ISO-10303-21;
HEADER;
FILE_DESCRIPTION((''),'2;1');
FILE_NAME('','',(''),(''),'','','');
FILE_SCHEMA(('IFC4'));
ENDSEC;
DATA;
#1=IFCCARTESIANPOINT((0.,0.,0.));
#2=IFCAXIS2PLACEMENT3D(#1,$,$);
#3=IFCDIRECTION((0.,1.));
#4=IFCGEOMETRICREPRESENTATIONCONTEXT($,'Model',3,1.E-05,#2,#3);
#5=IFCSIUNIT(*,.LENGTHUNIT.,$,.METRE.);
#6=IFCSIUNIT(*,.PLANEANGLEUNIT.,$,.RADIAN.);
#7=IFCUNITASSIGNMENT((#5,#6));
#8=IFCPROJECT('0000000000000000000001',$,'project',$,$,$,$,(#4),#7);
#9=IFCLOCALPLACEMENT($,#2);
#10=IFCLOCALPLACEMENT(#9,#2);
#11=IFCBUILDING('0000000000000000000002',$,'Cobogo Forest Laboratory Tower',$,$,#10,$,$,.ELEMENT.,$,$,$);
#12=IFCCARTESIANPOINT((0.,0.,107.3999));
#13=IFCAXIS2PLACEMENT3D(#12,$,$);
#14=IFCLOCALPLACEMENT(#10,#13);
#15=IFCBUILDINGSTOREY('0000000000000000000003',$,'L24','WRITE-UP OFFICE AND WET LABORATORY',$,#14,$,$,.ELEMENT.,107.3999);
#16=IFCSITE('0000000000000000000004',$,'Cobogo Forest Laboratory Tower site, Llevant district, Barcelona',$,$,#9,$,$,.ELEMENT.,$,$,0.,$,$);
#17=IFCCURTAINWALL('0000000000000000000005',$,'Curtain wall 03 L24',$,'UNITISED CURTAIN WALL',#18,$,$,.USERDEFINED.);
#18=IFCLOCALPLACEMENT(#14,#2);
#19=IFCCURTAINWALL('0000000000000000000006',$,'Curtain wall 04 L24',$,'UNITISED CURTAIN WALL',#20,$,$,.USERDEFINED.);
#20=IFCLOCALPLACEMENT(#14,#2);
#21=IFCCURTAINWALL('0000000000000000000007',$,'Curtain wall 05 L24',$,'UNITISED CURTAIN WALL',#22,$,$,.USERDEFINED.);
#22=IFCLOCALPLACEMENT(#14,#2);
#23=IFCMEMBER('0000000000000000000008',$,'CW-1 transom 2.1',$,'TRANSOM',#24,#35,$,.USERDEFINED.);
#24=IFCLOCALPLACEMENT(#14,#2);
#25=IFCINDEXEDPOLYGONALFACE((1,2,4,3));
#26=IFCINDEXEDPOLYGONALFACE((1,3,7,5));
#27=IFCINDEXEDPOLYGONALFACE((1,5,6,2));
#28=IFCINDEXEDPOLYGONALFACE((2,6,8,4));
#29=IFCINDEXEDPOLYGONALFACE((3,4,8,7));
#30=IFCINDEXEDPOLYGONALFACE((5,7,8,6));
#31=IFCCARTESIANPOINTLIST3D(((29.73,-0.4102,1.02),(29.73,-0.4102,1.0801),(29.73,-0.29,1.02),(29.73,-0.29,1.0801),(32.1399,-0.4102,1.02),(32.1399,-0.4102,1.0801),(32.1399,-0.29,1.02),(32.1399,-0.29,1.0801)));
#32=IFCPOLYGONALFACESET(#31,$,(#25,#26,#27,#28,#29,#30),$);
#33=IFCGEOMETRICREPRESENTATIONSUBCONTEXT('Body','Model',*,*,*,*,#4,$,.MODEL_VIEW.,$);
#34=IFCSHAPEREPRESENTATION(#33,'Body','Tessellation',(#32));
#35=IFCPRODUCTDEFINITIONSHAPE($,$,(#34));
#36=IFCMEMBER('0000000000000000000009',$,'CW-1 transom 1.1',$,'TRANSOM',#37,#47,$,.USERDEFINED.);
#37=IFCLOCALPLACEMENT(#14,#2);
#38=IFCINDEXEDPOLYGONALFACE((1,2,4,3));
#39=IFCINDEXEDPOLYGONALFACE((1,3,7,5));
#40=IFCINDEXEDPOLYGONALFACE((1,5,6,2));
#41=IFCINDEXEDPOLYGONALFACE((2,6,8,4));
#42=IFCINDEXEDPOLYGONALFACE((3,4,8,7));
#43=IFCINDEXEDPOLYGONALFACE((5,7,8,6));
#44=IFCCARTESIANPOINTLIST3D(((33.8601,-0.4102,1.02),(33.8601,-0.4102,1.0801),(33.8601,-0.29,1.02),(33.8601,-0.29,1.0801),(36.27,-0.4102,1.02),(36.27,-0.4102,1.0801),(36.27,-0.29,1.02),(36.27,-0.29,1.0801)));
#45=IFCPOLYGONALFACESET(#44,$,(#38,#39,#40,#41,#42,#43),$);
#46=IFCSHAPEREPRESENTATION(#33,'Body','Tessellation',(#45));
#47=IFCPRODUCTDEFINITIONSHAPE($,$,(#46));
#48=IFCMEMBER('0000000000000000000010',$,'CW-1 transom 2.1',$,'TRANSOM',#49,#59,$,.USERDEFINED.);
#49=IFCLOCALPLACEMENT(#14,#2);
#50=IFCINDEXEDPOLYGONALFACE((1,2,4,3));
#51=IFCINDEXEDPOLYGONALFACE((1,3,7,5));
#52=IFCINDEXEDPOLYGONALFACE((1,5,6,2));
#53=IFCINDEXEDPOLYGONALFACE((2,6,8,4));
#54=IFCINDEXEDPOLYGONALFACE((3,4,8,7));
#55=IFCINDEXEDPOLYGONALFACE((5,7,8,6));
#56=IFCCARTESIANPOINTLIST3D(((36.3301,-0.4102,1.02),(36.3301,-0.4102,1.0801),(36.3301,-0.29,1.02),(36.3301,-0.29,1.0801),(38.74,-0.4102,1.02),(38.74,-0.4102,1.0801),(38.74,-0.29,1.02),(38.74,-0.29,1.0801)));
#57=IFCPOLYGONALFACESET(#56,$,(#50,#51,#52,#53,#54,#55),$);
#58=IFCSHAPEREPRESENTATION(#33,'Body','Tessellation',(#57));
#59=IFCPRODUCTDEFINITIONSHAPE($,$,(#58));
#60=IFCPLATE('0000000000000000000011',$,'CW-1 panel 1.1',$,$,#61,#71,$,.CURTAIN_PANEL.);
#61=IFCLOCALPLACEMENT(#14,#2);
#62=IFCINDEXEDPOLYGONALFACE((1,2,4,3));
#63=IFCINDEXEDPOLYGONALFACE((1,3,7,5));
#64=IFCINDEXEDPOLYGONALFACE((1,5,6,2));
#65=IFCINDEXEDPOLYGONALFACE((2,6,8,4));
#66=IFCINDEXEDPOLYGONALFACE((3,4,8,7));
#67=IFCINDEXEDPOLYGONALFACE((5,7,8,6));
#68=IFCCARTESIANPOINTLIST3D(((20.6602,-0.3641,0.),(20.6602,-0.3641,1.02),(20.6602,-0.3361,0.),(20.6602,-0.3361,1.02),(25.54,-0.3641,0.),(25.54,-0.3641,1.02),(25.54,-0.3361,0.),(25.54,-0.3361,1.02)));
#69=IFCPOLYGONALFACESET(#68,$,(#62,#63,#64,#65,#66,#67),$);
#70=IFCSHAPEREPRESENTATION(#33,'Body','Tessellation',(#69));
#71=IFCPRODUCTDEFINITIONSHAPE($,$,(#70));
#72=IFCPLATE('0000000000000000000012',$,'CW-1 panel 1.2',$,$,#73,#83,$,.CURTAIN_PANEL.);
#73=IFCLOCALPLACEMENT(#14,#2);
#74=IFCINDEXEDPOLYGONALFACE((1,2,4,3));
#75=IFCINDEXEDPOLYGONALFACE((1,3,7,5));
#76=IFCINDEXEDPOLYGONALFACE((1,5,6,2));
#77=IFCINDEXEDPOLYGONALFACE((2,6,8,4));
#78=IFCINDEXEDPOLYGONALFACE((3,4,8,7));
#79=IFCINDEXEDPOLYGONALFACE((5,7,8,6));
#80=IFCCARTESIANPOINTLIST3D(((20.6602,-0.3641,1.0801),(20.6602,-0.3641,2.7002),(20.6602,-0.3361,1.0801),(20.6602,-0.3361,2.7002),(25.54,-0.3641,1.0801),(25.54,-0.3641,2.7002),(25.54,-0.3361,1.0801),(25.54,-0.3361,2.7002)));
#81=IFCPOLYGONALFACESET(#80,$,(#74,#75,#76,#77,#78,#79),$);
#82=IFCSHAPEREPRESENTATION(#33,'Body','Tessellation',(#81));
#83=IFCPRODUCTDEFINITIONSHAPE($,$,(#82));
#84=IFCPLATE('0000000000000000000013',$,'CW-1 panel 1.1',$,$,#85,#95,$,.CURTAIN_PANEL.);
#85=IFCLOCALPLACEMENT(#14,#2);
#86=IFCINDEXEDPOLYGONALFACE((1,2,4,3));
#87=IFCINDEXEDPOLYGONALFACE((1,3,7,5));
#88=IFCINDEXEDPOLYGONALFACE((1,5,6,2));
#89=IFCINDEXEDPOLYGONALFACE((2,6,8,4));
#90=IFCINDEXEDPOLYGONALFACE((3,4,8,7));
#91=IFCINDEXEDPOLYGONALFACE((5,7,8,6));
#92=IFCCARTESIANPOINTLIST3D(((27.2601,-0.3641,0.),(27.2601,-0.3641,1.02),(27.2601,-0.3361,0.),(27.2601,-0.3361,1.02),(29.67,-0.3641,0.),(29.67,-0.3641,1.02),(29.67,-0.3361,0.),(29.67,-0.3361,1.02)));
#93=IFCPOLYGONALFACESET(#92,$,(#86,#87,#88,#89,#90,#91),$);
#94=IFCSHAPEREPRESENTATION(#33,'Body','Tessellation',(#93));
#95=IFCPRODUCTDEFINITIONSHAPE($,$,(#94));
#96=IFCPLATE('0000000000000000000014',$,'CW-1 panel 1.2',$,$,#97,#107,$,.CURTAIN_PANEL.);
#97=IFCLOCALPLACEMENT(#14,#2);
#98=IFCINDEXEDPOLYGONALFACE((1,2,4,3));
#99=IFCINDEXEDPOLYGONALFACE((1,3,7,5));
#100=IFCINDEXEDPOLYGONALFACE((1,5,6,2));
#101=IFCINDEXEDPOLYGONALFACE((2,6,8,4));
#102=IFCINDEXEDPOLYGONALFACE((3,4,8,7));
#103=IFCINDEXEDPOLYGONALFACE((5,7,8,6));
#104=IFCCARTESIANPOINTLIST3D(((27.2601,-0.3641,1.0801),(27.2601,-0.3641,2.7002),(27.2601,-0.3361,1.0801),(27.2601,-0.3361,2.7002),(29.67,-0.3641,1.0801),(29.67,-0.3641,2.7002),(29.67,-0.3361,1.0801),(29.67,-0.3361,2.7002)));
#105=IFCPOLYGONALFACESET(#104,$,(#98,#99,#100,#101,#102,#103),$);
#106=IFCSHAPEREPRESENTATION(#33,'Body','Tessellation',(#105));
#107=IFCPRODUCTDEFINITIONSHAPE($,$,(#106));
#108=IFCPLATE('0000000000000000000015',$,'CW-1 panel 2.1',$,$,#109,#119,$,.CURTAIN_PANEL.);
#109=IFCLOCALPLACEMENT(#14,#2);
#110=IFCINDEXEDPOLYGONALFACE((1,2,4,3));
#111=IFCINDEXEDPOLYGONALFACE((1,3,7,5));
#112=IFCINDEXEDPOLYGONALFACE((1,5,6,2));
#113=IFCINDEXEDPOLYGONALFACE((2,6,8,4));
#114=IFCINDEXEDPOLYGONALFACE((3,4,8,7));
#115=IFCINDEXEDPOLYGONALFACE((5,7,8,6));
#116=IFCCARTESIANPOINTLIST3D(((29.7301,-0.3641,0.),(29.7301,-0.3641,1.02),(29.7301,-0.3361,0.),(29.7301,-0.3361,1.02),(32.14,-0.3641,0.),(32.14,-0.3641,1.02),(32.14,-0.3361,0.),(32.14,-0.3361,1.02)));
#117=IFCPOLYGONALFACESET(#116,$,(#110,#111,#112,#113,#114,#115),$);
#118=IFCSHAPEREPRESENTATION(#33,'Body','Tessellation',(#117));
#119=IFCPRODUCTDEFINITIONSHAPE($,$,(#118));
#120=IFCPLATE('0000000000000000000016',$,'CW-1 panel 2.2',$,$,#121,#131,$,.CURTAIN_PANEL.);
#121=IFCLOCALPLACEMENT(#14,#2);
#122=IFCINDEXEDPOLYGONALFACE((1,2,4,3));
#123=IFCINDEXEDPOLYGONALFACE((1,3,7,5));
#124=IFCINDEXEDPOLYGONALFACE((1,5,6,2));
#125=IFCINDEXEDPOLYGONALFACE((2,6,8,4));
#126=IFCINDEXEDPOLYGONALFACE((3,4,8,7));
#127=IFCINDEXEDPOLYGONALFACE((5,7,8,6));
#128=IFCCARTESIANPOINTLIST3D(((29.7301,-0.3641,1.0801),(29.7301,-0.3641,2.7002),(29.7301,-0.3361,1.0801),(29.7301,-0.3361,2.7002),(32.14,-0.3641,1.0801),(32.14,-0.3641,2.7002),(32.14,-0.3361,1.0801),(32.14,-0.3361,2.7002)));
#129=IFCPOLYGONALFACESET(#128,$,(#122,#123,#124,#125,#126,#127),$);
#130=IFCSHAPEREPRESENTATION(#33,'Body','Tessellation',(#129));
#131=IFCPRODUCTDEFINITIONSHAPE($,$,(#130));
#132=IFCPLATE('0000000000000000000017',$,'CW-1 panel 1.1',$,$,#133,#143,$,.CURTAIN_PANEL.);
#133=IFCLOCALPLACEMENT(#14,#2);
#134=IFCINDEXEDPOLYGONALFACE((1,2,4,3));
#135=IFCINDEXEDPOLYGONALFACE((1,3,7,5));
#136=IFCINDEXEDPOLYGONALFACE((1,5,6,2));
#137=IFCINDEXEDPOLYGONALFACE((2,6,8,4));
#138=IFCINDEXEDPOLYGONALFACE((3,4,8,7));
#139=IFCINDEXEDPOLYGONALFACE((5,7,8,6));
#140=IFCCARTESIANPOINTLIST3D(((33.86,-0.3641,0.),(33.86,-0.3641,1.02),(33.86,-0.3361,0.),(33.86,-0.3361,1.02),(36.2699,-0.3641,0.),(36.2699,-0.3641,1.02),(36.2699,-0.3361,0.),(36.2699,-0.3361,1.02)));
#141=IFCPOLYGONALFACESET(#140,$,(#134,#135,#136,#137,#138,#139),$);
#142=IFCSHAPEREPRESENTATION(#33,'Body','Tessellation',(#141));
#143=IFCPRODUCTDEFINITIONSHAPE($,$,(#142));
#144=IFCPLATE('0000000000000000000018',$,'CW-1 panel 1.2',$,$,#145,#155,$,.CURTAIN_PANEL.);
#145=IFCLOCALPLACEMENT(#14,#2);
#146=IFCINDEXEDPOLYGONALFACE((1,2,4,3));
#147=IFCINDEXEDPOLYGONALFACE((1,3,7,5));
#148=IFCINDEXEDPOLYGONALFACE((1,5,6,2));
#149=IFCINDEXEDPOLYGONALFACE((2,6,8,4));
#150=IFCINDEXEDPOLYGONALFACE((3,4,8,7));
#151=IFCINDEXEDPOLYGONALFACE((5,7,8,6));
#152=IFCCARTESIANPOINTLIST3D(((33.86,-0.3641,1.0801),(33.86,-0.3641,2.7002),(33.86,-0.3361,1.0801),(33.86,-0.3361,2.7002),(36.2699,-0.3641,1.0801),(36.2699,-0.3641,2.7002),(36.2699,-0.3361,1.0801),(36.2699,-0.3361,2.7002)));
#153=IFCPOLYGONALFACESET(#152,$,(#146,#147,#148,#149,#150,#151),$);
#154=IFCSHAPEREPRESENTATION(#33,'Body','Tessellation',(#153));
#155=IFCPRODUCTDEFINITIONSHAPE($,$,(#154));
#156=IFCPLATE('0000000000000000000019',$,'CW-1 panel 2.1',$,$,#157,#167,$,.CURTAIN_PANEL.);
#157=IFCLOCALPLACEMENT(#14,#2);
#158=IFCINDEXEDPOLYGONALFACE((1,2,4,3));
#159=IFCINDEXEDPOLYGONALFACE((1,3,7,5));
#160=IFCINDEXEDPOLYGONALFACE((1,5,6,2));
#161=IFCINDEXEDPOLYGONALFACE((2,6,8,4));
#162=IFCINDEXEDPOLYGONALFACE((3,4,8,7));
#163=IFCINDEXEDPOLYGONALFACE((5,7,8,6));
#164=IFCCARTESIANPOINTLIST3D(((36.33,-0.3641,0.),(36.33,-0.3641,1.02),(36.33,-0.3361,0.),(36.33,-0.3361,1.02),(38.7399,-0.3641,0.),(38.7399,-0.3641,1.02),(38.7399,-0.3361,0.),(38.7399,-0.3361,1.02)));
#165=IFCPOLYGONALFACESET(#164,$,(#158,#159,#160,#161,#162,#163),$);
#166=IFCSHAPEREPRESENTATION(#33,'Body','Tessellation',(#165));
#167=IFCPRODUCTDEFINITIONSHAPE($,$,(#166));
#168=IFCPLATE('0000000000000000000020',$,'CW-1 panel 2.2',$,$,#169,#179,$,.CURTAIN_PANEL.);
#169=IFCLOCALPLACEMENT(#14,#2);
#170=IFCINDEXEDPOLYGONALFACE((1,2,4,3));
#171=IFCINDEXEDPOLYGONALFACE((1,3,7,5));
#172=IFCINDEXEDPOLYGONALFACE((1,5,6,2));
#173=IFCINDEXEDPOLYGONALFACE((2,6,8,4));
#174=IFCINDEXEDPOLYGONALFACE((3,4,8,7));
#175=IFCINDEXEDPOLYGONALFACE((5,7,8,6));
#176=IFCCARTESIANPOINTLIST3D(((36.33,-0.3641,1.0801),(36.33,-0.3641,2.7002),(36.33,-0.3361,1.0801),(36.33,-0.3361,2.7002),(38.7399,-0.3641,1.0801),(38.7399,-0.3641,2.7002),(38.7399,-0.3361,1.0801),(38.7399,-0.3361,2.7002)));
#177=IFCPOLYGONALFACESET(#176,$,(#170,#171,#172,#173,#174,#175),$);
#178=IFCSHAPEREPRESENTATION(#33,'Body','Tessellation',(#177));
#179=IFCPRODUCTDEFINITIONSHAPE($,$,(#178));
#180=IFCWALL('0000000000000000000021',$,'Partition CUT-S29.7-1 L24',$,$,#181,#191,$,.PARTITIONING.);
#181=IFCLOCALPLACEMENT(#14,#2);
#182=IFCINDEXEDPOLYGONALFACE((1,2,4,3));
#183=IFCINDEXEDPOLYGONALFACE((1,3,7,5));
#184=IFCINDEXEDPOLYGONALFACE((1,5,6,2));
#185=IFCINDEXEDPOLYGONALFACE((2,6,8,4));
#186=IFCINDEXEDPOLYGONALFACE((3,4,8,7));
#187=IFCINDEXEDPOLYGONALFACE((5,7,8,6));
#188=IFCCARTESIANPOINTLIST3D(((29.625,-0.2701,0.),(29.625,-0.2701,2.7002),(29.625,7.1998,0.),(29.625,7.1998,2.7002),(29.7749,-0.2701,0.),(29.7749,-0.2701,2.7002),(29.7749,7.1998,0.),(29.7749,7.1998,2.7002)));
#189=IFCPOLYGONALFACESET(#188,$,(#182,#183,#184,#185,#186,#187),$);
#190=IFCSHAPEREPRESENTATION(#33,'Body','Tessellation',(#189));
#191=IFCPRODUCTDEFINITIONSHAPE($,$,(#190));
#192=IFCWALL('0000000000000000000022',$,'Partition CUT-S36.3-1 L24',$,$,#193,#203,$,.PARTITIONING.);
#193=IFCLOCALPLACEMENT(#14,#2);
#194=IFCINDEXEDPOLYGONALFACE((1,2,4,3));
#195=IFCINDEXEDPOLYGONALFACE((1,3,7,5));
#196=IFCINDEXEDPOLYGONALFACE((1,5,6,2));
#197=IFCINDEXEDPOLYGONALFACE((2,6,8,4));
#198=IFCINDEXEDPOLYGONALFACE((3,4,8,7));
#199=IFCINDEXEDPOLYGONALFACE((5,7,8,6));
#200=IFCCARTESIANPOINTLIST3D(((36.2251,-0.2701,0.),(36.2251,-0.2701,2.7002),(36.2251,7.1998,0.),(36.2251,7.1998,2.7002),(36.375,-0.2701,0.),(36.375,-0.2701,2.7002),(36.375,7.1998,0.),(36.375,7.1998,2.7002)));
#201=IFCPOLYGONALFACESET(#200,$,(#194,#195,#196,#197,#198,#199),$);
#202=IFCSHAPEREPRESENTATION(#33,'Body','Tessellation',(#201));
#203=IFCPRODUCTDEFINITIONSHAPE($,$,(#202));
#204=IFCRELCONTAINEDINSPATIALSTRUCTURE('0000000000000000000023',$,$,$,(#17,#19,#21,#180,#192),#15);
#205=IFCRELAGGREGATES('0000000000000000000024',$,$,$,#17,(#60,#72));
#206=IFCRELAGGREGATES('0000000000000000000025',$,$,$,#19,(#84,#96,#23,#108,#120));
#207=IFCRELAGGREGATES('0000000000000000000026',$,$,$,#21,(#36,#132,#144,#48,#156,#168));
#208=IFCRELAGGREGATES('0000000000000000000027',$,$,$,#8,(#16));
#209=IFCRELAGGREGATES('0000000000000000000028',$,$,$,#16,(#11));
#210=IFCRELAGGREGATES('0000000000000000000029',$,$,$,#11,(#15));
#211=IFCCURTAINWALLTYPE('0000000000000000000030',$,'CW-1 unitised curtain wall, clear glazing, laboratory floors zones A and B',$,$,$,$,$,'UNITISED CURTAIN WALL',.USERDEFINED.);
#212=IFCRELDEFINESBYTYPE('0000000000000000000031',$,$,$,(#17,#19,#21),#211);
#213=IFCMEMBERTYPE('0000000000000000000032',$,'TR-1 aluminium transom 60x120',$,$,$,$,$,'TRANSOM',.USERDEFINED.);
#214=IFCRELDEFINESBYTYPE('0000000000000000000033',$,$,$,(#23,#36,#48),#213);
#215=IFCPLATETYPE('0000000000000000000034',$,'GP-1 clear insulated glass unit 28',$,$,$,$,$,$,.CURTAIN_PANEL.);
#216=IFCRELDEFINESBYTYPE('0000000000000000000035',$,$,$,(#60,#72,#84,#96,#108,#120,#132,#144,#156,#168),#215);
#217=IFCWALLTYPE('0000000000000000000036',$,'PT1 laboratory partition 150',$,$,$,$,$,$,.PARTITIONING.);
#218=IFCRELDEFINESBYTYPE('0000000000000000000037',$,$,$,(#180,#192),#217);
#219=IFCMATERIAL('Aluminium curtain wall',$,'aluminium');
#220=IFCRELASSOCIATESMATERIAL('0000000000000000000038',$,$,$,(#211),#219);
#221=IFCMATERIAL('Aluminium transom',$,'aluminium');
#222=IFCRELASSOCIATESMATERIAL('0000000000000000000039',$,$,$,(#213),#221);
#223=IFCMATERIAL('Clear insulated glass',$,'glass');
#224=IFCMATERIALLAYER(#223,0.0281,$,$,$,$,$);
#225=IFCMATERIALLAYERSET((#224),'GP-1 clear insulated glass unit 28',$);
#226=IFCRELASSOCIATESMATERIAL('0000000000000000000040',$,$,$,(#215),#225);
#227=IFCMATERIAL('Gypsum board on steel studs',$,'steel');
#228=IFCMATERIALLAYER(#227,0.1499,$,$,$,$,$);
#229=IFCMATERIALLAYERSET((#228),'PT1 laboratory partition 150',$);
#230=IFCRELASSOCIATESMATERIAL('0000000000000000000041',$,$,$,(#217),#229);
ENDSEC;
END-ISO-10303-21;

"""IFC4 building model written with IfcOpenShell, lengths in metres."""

from ifc_helpers import new_model, si_unit, direction, frame, frame_2d, origin, origin_2d, place, context, subcontext, project, spatial, rectangle, extrude, material, layer, layer_set, material_profile, profile_set, type_object, element, aggregate, save


model = new_model("IFC4")

# Units and contexts
model_context = context("Model", 3, precision=1e-05, world=origin(), true_north=direction((0.0, 1.0)))
body_context = subcontext(model_context, "Body", "Model", "MODEL_VIEW")
ifc_project = project(units=[si_unit("LENGTHUNIT", "METRE"), si_unit("PLANEANGLEUNIT", "RADIAN")], contexts=[model_context])

# Site, building, storey
site_placement = place(None, origin())
site = spatial("IfcSite", under=ifc_project, at=site_placement, Name="Cobogo Forest Laboratory Tower site, Llevant district, Barcelona", CompositionType="ELEMENT", RefElevation=0.0)
building_placement = place(site_placement, origin())
building = spatial("IfcBuilding", under=site, at=building_placement, Name="Cobogo Forest Laboratory Tower", CompositionType="ELEMENT")
storey_placement = place(building_placement, frame((0.0, 0.0, 107.3999)))
storey = spatial("IfcBuildingStorey", under=building, at=storey_placement, Name="L24", Description="WRITE-UP OFFICE AND WET LABORATORY", CompositionType="ELEMENT", Elevation=107.3999)

# Curtain walls
ifc_material_1 = material(Name="Aluminium curtain wall", Category="aluminium")
curtain_wall_type = type_object("IfcCurtainWallType", Name="CW-1 unitised curtain wall, clear glazing, laboratory floors zones A and B", ElementType="UNITISED CURTAIN WALL", PredefinedType="USERDEFINED", material=ifc_material_1)
curtain_wall_1_placement = place(storey_placement, origin())
curtain_wall_1 = element("IfcCurtainWall", 1, at=curtain_wall_1_placement, inside=storey, type_object=curtain_wall_type, Name="Curtain wall 03 L24", ObjectType="UNITISED CURTAIN WALL", PredefinedType="USERDEFINED")
curtain_wall_2_placement = place(storey_placement, origin())
curtain_wall_2 = element("IfcCurtainWall", 2, at=curtain_wall_2_placement, inside=storey, type_object=curtain_wall_type, Name="Curtain wall 04 L24", ObjectType="UNITISED CURTAIN WALL", PredefinedType="USERDEFINED")
curtain_wall_3_placement = place(storey_placement, origin())
curtain_wall_3 = element("IfcCurtainWall", 3, at=curtain_wall_3_placement, inside=storey, type_object=curtain_wall_type, Name="Curtain wall 05 L24", ObjectType="UNITISED CURTAIN WALL", PredefinedType="USERDEFINED")

# Members
ifc_material_2 = material(Name="Aluminium transom", Category="aluminium")
ifc_material_profile_1 = material_profile(ifc_material_2, rectangle(XDim=0.1201, YDim=0.0601, at=origin_2d()), Name="AL 60x120")
ifc_profile_set_1 = profile_set([ifc_material_profile_1], Name="Aluminium transom")
member_type_1 = type_object("IfcMemberType", Name="TR-1 aluminium transom 60x120", ElementType="TRANSOM", PredefinedType="USERDEFINED", material=ifc_profile_set_1)
member_1_placement = place(storey_placement, frame((29.73, -0.3501, 1.05), z_axis=(1.0, 0.0, 0.0), x_axis=(0.0, 1.0, 0.0)))
member_1 = element("IfcMember", 4, at=member_1_placement, type_object=member_type_1, Name="CW-1 transom 2.1", ObjectType="TRANSOM", PredefinedType="USERDEFINED", context=body_context, shape_type="SweptSolid", body=[
    extrude(rectangle(XDim=0.1201, YDim=0.0601, at=origin_2d()), origin(), (0.0, 0.0, 1.0), 2.4099),
])
member_2_placement = place(storey_placement, frame((33.8601, -0.3501, 1.05), z_axis=(1.0, 0.0, 0.0), x_axis=(0.0, 1.0, 0.0)))
member_2 = element("IfcMember", 5, at=member_2_placement, type_object=member_type_1, Name="CW-1 transom 1.1", ObjectType="TRANSOM", PredefinedType="USERDEFINED", context=body_context, shape_type="SweptSolid", body=[
    extrude(rectangle(XDim=0.1201, YDim=0.0601, at=origin_2d()), origin(), (0.0, 0.0, 1.0), 2.4099),
])
member_3_placement = place(storey_placement, frame((36.3301, -0.3501, 1.05), z_axis=(1.0, 0.0, 0.0), x_axis=(0.0, 1.0, 0.0)))
member_3 = element("IfcMember", 6, at=member_3_placement, type_object=member_type_1, Name="CW-1 transom 2.1", ObjectType="TRANSOM", PredefinedType="USERDEFINED", context=body_context, shape_type="SweptSolid", body=[
    extrude(rectangle(XDim=0.1201, YDim=0.0601, at=origin_2d()), origin(), (0.0, 0.0, 1.0), 2.4099),
])

# Plates
ifc_material_3 = material(Name="Clear insulated glass", Category="glass")
ifc_layer_1 = layer(ifc_material_3, 0.0281)
ifc_layer_set_1 = layer_set([ifc_layer_1], Name="GP-1 clear insulated glass unit 28")
plate_type_1 = type_object("IfcPlateType", Name="GP-1 clear insulated glass unit 28", PredefinedType="CURTAIN_PANEL", material=ifc_layer_set_1)
plate_1_placement = place(storey_placement, frame((23.1001, -0.3501, 0.0), z_axis=(0.0, 0.0, 1.0), x_axis=(1.0, 0.0, 0.0)))
plate_1 = element("IfcPlate", 7, at=plate_1_placement, type_object=plate_type_1, Name="CW-1 panel 1.1", PredefinedType="CURTAIN_PANEL", context=body_context, shape_type="SweptSolid", body=[
    extrude(rectangle(XDim=4.8799, YDim=0.0281, at=origin_2d()), origin(), (0.0, 0.0, 1.0), 1.02),
])
plate_2_placement = place(storey_placement, frame((23.1001, -0.3501, 1.0801), z_axis=(0.0, 0.0, 1.0), x_axis=(1.0, 0.0, 0.0)))
plate_2 = element("IfcPlate", 8, at=plate_2_placement, type_object=plate_type_1, Name="CW-1 panel 1.2", PredefinedType="CURTAIN_PANEL", context=body_context, shape_type="SweptSolid", body=[
    extrude(rectangle(XDim=4.8799, YDim=0.0281, at=origin_2d()), origin(), (0.0, 0.0, 1.0), 1.6201),
])
aggregate(curtain_wall_1, [plate_1, plate_2])
plate_3_placement = place(storey_placement, frame((28.4651, -0.3501, 0.0), z_axis=(0.0, 0.0, 1.0), x_axis=(1.0, 0.0, 0.0)))
plate_3 = element("IfcPlate", 9, at=plate_3_placement, type_object=plate_type_1, Name="CW-1 panel 1.1", PredefinedType="CURTAIN_PANEL", context=body_context, shape_type="SweptSolid", body=[
    extrude(rectangle(XDim=2.4099, YDim=0.0281, at=origin_2d()), origin(), (0.0, 0.0, 1.0), 1.02),
])
plate_4_placement = place(storey_placement, frame((28.4651, -0.3501, 1.0801), z_axis=(0.0, 0.0, 1.0), x_axis=(1.0, 0.0, 0.0)))
plate_4 = element("IfcPlate", 10, at=plate_4_placement, type_object=plate_type_1, Name="CW-1 panel 1.2", PredefinedType="CURTAIN_PANEL", context=body_context, shape_type="SweptSolid", body=[
    extrude(rectangle(XDim=2.4099, YDim=0.0281, at=origin_2d()), origin(), (0.0, 0.0, 1.0), 1.6201),
])
plate_5_placement = place(storey_placement, frame((30.9351, -0.3501, 0.0), z_axis=(0.0, 0.0, 1.0), x_axis=(1.0, 0.0, 0.0)))
plate_5 = element("IfcPlate", 11, at=plate_5_placement, type_object=plate_type_1, Name="CW-1 panel 2.1", PredefinedType="CURTAIN_PANEL", context=body_context, shape_type="SweptSolid", body=[
    extrude(rectangle(XDim=2.4099, YDim=0.0281, at=origin_2d()), origin(), (0.0, 0.0, 1.0), 1.02),
])
plate_6_placement = place(storey_placement, frame((30.9351, -0.3501, 1.0801), z_axis=(0.0, 0.0, 1.0), x_axis=(1.0, 0.0, 0.0)))
plate_6 = element("IfcPlate", 12, at=plate_6_placement, type_object=plate_type_1, Name="CW-1 panel 2.2", PredefinedType="CURTAIN_PANEL", context=body_context, shape_type="SweptSolid", body=[
    extrude(rectangle(XDim=2.4099, YDim=0.0281, at=origin_2d()), origin(), (0.0, 0.0, 1.0), 1.6201),
])
aggregate(curtain_wall_2, [plate_3, plate_4, member_1, plate_5, plate_6])
plate_7_placement = place(storey_placement, frame((35.0649, -0.3501, 0.0), z_axis=(0.0, 0.0, 1.0), x_axis=(1.0, 0.0, 0.0)))
plate_7 = element("IfcPlate", 13, at=plate_7_placement, type_object=plate_type_1, Name="CW-1 panel 1.1", PredefinedType="CURTAIN_PANEL", context=body_context, shape_type="SweptSolid", body=[
    extrude(rectangle(XDim=2.4099, YDim=0.0281, at=origin_2d()), origin(), (0.0, 0.0, 1.0), 1.02),
])
plate_8_placement = place(storey_placement, frame((35.0649, -0.3501, 1.0801), z_axis=(0.0, 0.0, 1.0), x_axis=(1.0, 0.0, 0.0)))
plate_8 = element("IfcPlate", 14, at=plate_8_placement, type_object=plate_type_1, Name="CW-1 panel 1.2", PredefinedType="CURTAIN_PANEL", context=body_context, shape_type="SweptSolid", body=[
    extrude(rectangle(XDim=2.4099, YDim=0.0281, at=origin_2d()), origin(), (0.0, 0.0, 1.0), 1.6201),
])
plate_9_placement = place(storey_placement, frame((37.5349, -0.3501, 0.0), z_axis=(0.0, 0.0, 1.0), x_axis=(1.0, 0.0, 0.0)))
plate_9 = element("IfcPlate", 15, at=plate_9_placement, type_object=plate_type_1, Name="CW-1 panel 2.1", PredefinedType="CURTAIN_PANEL", context=body_context, shape_type="SweptSolid", body=[
    extrude(rectangle(XDim=2.4099, YDim=0.0281, at=origin_2d()), origin(), (0.0, 0.0, 1.0), 1.02),
])
plate_10_placement = place(storey_placement, frame((37.5349, -0.3501, 1.0801), z_axis=(0.0, 0.0, 1.0), x_axis=(1.0, 0.0, 0.0)))
plate_10 = element("IfcPlate", 16, at=plate_10_placement, type_object=plate_type_1, Name="CW-1 panel 2.2", PredefinedType="CURTAIN_PANEL", context=body_context, shape_type="SweptSolid", body=[
    extrude(rectangle(XDim=2.4099, YDim=0.0281, at=origin_2d()), origin(), (0.0, 0.0, 1.0), 1.6201),
])
aggregate(curtain_wall_3, [member_2, plate_7, plate_8, member_3, plate_9, plate_10])

# Walls
ifc_material_4 = material(Name="Gypsum board on steel studs", Category="steel")
ifc_layer_2 = layer(ifc_material_4, 0.1499)
ifc_layer_set_2 = layer_set([ifc_layer_2], Name="PT1 laboratory partition 150")
wall_type = type_object("IfcWallType", Name="PT1 laboratory partition 150", PredefinedType="PARTITIONING", material=ifc_layer_set_2)
for number, where, z_axis, x_axis, name in (
    (17, (29.7, -0.27, 0.0), (0.0, 0.0, 1.0), (0.0, 1.0, 0.0), "Partition CUT-S29.7-1 L24"),
    (18, (36.3, -0.27, 0.0), (0.0, 0.0, 1.0), (0.0, 1.0, 0.0), "Partition CUT-S36.3-1 L24"),
):
    element("IfcWall", number, at=place(storey_placement, frame(where, z_axis=z_axis, x_axis=x_axis)), inside=storey, type_object=wall_type, Name=name, PredefinedType="PARTITIONING", context=body_context, shape_type="SweptSolid", body=[
        extrude(rectangle(XDim=7.47, YDim=0.1499, at=frame_2d((3.7349, 0.0))), origin(), (0.0, 0.0, 1.0), 2.7002),
    ])

save(model, "model.ifc")
